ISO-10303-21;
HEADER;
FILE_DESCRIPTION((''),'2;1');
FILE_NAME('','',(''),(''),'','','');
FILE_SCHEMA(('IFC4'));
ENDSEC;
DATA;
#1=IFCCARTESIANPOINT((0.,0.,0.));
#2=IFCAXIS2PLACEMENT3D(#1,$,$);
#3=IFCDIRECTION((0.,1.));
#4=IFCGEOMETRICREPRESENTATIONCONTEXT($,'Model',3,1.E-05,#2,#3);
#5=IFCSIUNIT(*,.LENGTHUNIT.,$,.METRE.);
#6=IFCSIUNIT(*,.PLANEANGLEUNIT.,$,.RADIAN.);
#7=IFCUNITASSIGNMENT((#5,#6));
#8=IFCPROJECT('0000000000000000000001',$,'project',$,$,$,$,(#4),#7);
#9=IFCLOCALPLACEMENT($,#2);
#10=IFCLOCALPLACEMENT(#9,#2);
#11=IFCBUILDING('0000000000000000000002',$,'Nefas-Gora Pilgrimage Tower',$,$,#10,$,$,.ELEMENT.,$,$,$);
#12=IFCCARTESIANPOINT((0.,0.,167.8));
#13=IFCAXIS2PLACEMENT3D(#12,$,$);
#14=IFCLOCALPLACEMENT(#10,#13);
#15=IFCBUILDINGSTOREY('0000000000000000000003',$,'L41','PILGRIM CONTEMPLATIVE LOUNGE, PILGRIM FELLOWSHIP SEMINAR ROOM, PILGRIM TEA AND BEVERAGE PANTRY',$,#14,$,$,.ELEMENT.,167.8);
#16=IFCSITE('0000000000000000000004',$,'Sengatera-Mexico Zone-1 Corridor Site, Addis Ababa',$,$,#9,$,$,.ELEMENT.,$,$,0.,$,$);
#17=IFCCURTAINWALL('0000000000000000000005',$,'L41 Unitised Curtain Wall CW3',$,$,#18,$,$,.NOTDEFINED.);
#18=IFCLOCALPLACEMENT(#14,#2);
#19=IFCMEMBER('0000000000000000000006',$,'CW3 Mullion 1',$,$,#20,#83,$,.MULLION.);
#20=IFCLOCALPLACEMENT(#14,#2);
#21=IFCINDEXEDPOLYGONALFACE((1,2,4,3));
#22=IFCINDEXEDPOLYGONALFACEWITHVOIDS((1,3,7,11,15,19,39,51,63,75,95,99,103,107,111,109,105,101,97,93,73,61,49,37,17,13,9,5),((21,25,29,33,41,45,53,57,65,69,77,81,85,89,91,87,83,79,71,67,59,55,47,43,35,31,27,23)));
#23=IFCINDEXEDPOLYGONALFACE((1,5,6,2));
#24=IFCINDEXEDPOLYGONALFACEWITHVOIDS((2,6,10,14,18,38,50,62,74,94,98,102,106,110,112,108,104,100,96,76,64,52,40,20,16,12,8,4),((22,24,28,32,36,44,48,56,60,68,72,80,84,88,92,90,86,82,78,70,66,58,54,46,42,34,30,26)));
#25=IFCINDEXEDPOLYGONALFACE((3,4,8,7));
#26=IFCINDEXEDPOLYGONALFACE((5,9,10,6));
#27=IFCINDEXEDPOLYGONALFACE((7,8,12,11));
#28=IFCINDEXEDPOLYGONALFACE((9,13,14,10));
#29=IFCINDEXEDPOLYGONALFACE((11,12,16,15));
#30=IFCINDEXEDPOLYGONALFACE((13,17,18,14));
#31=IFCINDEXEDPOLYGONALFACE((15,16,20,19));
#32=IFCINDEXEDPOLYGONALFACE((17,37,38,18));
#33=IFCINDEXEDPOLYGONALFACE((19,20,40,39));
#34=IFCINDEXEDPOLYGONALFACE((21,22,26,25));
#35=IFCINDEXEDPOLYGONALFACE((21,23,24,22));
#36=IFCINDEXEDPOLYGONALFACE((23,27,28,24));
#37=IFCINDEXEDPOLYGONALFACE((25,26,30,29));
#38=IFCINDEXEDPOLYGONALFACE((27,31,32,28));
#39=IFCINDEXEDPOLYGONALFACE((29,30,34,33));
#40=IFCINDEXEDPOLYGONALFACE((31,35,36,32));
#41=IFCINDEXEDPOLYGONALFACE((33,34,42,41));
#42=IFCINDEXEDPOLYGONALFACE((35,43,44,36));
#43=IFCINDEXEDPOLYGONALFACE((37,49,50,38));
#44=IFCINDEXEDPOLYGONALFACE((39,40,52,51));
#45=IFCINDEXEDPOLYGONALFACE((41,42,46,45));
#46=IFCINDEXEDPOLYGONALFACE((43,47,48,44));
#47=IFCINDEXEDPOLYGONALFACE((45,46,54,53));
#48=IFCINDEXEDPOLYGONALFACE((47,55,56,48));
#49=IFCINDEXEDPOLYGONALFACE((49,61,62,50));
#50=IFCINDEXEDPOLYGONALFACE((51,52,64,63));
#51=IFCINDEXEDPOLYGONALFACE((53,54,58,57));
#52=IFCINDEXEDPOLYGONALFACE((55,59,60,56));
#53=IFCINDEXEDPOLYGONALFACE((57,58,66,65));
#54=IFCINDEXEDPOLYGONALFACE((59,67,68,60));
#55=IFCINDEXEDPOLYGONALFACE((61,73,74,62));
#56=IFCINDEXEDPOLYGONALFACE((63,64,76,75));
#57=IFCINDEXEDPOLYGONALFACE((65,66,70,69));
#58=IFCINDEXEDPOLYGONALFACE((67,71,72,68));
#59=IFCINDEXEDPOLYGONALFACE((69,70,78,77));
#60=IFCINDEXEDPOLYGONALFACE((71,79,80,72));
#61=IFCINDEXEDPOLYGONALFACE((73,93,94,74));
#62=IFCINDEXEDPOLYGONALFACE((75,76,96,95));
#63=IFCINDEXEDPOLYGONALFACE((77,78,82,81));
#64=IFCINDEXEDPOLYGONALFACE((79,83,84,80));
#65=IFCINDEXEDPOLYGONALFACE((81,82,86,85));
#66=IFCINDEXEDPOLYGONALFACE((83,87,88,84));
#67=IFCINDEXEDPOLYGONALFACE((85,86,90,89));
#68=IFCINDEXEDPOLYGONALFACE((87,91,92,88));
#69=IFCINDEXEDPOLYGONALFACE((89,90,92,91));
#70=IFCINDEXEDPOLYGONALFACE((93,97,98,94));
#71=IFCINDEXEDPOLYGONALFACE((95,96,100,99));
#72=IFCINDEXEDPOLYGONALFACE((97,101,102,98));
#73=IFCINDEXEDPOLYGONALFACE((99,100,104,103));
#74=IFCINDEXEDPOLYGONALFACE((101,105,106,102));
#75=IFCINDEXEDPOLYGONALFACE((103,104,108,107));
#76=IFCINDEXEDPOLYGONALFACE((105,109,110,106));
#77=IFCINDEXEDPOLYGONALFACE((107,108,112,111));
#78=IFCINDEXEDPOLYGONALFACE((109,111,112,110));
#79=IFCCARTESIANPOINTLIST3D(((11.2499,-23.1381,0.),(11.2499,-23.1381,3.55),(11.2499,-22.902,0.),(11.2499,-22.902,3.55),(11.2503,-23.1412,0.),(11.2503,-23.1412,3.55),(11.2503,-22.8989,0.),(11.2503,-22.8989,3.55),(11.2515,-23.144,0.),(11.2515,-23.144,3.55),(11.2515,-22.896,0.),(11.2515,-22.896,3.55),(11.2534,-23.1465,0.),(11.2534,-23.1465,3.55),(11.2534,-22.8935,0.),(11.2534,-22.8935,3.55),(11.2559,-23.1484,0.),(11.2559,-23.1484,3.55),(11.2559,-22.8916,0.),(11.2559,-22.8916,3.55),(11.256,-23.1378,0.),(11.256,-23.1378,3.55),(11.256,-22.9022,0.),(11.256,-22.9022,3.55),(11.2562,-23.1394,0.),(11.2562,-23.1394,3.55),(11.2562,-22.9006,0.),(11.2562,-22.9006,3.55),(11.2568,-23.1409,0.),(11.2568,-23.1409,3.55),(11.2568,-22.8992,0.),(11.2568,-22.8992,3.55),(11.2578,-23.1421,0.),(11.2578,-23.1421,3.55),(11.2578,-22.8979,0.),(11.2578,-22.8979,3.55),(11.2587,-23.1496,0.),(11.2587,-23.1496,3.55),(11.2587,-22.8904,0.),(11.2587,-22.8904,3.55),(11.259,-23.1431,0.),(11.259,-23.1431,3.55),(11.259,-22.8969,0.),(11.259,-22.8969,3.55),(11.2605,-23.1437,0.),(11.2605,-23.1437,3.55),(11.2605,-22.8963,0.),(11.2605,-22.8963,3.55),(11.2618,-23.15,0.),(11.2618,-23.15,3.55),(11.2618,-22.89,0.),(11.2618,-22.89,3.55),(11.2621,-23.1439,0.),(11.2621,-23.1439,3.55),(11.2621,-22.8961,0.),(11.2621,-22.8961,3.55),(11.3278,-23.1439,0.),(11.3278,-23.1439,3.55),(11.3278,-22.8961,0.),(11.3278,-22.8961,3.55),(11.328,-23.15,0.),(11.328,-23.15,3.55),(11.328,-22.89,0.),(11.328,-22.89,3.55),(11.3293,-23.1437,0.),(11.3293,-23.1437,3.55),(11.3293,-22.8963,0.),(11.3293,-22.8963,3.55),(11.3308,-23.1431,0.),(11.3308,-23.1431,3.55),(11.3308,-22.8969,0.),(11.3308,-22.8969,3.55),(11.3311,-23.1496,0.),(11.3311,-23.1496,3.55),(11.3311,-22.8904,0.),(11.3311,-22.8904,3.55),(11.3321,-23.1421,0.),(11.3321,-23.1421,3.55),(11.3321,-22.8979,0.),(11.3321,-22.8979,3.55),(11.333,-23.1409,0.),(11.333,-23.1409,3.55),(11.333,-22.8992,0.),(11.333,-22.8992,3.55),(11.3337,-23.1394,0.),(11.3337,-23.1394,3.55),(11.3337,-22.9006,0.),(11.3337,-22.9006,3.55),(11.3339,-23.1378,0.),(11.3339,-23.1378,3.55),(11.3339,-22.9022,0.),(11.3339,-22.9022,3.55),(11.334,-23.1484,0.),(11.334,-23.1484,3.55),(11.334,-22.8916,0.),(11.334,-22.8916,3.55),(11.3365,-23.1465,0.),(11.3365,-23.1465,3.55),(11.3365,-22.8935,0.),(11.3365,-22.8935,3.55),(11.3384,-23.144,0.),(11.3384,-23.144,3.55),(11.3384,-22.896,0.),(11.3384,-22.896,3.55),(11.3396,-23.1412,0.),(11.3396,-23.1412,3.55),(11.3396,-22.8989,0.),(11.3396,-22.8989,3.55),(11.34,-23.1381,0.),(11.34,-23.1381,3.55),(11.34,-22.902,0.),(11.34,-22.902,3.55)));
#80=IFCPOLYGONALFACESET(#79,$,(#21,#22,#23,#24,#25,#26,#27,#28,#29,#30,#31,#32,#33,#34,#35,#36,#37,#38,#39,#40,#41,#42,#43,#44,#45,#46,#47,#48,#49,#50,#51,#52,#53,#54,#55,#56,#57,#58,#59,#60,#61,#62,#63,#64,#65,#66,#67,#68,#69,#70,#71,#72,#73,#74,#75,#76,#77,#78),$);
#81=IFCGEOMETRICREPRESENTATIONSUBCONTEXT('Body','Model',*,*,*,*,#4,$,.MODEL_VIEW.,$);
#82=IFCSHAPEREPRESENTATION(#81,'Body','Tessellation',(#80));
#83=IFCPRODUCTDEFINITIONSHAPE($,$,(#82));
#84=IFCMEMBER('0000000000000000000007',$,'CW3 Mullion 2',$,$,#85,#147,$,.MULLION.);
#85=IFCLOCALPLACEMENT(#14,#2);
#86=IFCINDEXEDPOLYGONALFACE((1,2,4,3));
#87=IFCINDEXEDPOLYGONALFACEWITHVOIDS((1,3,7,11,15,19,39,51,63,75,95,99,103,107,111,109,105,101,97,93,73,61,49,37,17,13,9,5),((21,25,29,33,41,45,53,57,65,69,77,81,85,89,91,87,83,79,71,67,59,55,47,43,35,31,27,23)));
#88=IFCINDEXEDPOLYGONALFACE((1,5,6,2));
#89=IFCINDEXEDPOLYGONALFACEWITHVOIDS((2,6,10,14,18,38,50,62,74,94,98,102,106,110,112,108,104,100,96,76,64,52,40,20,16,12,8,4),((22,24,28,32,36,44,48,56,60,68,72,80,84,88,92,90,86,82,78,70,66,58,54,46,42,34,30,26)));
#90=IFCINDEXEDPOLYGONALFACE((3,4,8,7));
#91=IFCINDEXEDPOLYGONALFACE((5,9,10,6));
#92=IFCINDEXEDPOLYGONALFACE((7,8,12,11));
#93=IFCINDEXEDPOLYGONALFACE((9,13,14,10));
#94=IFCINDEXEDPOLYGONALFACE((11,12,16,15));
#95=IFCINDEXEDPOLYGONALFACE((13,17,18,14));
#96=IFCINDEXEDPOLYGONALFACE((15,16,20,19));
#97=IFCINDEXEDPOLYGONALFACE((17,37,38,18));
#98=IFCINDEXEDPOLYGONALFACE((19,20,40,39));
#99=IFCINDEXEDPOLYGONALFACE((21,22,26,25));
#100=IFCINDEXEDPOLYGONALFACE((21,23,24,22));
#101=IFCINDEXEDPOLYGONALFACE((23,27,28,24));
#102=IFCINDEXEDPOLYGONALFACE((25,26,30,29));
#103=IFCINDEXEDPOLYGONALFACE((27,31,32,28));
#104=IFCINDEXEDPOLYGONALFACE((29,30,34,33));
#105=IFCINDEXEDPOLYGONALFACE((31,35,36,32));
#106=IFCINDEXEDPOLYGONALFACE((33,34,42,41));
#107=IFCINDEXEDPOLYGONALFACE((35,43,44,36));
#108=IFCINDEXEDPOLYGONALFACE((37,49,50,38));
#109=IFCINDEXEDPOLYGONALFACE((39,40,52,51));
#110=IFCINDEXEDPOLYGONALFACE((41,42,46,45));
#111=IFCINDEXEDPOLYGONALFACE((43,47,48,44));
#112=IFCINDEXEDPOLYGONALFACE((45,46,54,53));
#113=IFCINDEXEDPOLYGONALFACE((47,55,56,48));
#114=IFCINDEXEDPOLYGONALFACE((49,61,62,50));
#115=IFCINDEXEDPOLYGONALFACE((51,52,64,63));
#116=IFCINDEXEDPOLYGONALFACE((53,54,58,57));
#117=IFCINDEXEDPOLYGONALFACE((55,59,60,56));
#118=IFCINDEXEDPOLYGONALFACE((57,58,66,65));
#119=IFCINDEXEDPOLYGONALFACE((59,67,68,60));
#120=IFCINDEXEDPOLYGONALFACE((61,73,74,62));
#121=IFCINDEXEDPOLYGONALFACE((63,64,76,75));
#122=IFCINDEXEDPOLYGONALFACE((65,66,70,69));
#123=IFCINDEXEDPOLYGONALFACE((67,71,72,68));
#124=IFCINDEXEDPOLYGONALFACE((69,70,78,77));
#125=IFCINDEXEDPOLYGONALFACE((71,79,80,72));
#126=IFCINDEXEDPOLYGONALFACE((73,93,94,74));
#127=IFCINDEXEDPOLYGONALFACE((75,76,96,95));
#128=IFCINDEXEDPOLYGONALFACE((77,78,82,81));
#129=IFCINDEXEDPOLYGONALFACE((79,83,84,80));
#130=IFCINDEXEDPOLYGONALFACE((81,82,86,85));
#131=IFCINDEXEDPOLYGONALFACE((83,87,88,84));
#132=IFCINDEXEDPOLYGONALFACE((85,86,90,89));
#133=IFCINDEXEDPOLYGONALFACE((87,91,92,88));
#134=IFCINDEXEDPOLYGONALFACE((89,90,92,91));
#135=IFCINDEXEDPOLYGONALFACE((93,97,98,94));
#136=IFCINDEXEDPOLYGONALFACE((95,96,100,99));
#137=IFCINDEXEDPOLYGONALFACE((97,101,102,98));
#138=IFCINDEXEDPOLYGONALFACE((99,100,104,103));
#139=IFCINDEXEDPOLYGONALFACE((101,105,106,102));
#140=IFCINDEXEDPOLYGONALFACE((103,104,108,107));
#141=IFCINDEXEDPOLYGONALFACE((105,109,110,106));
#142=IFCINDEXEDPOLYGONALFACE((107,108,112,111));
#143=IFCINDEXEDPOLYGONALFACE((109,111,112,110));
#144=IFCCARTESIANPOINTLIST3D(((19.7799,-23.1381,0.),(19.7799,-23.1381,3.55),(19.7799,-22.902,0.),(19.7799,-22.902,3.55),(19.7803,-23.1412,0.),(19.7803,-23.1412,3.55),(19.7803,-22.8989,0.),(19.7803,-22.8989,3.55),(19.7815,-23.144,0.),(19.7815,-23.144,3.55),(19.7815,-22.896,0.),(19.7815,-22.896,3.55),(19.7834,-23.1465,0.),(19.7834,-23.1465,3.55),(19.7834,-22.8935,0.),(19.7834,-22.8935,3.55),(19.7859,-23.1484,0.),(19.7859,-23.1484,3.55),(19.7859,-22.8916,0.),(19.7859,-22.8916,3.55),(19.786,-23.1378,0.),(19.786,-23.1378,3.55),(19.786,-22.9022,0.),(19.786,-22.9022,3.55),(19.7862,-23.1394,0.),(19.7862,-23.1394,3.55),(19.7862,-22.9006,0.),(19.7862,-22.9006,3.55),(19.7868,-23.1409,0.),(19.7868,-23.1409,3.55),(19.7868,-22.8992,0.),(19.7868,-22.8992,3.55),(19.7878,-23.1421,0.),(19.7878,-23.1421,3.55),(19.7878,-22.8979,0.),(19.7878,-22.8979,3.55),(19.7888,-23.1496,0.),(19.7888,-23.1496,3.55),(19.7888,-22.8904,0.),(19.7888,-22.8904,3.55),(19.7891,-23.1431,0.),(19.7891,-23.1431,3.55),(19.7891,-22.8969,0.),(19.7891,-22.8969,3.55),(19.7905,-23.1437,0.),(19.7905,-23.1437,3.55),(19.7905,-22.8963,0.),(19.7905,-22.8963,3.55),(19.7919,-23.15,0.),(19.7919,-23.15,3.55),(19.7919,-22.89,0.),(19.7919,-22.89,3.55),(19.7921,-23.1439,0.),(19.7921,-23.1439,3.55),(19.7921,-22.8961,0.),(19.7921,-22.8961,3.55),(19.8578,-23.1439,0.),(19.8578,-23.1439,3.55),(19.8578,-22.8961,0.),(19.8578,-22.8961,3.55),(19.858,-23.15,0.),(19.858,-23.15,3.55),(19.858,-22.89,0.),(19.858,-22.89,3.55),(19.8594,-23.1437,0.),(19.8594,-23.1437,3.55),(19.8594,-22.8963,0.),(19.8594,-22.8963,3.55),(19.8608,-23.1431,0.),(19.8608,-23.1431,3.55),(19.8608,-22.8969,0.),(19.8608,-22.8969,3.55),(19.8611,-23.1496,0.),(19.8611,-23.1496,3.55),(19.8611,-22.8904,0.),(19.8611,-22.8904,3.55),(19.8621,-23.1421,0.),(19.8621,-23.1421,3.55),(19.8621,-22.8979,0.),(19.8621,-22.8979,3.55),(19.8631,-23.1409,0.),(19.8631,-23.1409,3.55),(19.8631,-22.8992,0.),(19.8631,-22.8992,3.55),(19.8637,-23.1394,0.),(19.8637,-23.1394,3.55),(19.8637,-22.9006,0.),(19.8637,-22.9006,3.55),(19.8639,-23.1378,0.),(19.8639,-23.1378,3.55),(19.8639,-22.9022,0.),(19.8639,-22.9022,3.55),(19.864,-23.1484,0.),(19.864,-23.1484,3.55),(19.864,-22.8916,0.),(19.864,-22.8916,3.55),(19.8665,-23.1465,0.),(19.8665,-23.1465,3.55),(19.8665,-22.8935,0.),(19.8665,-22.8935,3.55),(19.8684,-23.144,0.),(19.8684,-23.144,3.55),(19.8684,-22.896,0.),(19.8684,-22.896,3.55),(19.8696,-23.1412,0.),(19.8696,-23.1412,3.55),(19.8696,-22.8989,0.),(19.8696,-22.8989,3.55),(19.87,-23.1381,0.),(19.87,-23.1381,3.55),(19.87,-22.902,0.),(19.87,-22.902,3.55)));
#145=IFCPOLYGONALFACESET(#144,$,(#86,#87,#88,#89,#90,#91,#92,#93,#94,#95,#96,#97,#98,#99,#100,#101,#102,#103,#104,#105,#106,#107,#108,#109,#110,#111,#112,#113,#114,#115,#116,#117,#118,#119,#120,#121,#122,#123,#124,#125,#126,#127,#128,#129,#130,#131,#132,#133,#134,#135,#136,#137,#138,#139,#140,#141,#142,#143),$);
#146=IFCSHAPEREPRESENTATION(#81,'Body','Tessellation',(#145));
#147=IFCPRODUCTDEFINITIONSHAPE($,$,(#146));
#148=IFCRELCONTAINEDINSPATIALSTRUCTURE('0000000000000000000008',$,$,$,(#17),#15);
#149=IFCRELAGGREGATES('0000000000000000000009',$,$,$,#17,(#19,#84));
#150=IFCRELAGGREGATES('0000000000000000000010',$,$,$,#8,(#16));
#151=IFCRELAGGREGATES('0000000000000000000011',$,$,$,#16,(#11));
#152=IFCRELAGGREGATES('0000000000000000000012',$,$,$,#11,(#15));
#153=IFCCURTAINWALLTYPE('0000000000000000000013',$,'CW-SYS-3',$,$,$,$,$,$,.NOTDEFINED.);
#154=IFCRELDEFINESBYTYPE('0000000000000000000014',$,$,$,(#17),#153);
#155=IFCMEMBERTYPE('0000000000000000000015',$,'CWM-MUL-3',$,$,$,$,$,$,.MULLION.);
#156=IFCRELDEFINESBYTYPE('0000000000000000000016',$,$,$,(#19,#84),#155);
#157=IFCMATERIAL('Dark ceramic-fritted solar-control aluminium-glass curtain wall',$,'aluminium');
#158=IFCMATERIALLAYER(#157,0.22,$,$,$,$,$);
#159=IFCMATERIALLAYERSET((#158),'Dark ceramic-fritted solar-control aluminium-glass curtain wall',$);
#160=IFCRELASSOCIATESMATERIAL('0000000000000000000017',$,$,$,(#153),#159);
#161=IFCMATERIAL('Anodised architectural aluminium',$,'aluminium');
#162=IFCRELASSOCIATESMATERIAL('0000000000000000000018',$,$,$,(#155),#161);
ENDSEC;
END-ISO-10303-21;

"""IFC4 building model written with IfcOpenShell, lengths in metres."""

from ifc_helpers import new_model, si_unit, direction, frame, origin, origin_2d, place, context, subcontext, project, spatial, hollow_rectangle, extrude, source, transform, mapped, material, layer, layer_set, material_profile, profile_set, type_object, element, aggregate, save


model = new_model("IFC4")

# Units and contexts
model_context = context("Model", 3, precision=1e-05, world=origin(), true_north=direction((0.0, 1.0)))
body_context = subcontext(model_context, "Body", "Model", "MODEL_VIEW")
ifc_project = project(units=[si_unit("LENGTHUNIT", "METRE"), si_unit("PLANEANGLEUNIT", "RADIAN")], contexts=[model_context])

# Site, building, storey
site_placement = place(None, origin())
site = spatial("IfcSite", under=ifc_project, at=site_placement, Name="Sengatera-Mexico Zone-1 Corridor Site, Addis Ababa", CompositionType="ELEMENT", RefElevation=0.0)
building_placement = place(site_placement, origin())
building = spatial("IfcBuilding", under=site, at=building_placement, Name="Nefas-Gora Pilgrimage Tower", CompositionType="ELEMENT")
storey_placement = place(building_placement, frame((0.0, 0.0, 167.8)))
storey = spatial("IfcBuildingStorey", under=building, at=storey_placement, Name="L41", Description="PILGRIM CONTEMPLATIVE LOUNGE, PILGRIM FELLOWSHIP SEMINAR ROOM, PILGRIM TEA AND BEVERAGE PANTRY", CompositionType="ELEMENT", Elevation=167.8)

# Curtain wall, members
ifc_material_1 = material(Name="Dark ceramic-fritted solar-control aluminium-glass curtain wall", Category="aluminium")
ifc_layer_1 = layer(ifc_material_1, 0.22)
ifc_layer_set_1 = layer_set([ifc_layer_1], Name="Dark ceramic-fritted solar-control aluminium-glass curtain wall")
curtain_wall_type = type_object("IfcCurtainWallType", Name="CW-SYS-3", PredefinedType="NOTDEFINED", material=ifc_layer_set_1)
curtain_wall_1_placement = place(storey_placement, origin())
curtain_wall_1 = element("IfcCurtainWall", 1, at=curtain_wall_1_placement, inside=storey, type_object=curtain_wall_type, Name="L41 Unitised Curtain Wall CW3", PredefinedType="NOTDEFINED")
ifc_material_2 = material(Name="Anodised architectural aluminium", Category="aluminium")
ifc_material_profile_1 = material_profile(ifc_material_2, hollow_rectangle(XDim=0.0901, YDim=0.26, WallThickness=0.0061, InnerFilletRadius=0.0061, OuterFilletRadius=0.012, at=origin_2d()), Name="ALU MULLION 90x260")
ifc_profile_set_1 = profile_set([ifc_material_profile_1], Name="Anodised architectural aluminium")
member_type_1 = type_object("IfcMemberType", Name="CWM-MUL-3", PredefinedType="MULLION", material=ifc_profile_set_1)
shared_shape_1 = source(origin(), body_context, "Body", "SweptSolid", [
    extrude(hollow_rectangle(XDim=0.0901, YDim=0.26, WallThickness=0.0061, InnerFilletRadius=0.0061, OuterFilletRadius=0.012, at=origin_2d()), origin(), (0.0, 0.0, 1.0), 3.55),
])
member_1_placement = place(storey_placement, frame((11.2949, -23.02, 0.0), z_axis=(0.0, 0.0, 1.0), x_axis=(1.0, 0.0, 0.0)))
member_1 = element("IfcMember", 2, at=member_1_placement, type_object=member_type_1, Name="CW3 Mullion 1", PredefinedType="MULLION", context=body_context, shape_type="MappedRepresentation", body=[
    mapped(shared_shape_1, transform((0.0, 0.0, 0.0), x_axis=(1.0, 0.0, 0.0), y_axis=(0.0, 1.0, 0.0), z_axis=(0.0, 0.0, 1.0), scale=1.0)),
])
member_2_placement = place(storey_placement, frame((19.825, -23.02, 0.0), z_axis=(0.0, 0.0, 1.0), x_axis=(1.0, 0.0, 0.0)))
member_2 = element("IfcMember", 3, at=member_2_placement, type_object=member_type_1, Name="CW3 Mullion 2", PredefinedType="MULLION", context=body_context, shape_type="MappedRepresentation", body=[
    mapped(shared_shape_1, transform((0.0, 0.0, 0.0), x_axis=(1.0, 0.0, 0.0), y_axis=(0.0, 1.0, 0.0), z_axis=(0.0, 0.0, 1.0), scale=1.0)),
])

aggregate(curtain_wall_1, [member_1, member_2])

save(model, "model.ifc")
